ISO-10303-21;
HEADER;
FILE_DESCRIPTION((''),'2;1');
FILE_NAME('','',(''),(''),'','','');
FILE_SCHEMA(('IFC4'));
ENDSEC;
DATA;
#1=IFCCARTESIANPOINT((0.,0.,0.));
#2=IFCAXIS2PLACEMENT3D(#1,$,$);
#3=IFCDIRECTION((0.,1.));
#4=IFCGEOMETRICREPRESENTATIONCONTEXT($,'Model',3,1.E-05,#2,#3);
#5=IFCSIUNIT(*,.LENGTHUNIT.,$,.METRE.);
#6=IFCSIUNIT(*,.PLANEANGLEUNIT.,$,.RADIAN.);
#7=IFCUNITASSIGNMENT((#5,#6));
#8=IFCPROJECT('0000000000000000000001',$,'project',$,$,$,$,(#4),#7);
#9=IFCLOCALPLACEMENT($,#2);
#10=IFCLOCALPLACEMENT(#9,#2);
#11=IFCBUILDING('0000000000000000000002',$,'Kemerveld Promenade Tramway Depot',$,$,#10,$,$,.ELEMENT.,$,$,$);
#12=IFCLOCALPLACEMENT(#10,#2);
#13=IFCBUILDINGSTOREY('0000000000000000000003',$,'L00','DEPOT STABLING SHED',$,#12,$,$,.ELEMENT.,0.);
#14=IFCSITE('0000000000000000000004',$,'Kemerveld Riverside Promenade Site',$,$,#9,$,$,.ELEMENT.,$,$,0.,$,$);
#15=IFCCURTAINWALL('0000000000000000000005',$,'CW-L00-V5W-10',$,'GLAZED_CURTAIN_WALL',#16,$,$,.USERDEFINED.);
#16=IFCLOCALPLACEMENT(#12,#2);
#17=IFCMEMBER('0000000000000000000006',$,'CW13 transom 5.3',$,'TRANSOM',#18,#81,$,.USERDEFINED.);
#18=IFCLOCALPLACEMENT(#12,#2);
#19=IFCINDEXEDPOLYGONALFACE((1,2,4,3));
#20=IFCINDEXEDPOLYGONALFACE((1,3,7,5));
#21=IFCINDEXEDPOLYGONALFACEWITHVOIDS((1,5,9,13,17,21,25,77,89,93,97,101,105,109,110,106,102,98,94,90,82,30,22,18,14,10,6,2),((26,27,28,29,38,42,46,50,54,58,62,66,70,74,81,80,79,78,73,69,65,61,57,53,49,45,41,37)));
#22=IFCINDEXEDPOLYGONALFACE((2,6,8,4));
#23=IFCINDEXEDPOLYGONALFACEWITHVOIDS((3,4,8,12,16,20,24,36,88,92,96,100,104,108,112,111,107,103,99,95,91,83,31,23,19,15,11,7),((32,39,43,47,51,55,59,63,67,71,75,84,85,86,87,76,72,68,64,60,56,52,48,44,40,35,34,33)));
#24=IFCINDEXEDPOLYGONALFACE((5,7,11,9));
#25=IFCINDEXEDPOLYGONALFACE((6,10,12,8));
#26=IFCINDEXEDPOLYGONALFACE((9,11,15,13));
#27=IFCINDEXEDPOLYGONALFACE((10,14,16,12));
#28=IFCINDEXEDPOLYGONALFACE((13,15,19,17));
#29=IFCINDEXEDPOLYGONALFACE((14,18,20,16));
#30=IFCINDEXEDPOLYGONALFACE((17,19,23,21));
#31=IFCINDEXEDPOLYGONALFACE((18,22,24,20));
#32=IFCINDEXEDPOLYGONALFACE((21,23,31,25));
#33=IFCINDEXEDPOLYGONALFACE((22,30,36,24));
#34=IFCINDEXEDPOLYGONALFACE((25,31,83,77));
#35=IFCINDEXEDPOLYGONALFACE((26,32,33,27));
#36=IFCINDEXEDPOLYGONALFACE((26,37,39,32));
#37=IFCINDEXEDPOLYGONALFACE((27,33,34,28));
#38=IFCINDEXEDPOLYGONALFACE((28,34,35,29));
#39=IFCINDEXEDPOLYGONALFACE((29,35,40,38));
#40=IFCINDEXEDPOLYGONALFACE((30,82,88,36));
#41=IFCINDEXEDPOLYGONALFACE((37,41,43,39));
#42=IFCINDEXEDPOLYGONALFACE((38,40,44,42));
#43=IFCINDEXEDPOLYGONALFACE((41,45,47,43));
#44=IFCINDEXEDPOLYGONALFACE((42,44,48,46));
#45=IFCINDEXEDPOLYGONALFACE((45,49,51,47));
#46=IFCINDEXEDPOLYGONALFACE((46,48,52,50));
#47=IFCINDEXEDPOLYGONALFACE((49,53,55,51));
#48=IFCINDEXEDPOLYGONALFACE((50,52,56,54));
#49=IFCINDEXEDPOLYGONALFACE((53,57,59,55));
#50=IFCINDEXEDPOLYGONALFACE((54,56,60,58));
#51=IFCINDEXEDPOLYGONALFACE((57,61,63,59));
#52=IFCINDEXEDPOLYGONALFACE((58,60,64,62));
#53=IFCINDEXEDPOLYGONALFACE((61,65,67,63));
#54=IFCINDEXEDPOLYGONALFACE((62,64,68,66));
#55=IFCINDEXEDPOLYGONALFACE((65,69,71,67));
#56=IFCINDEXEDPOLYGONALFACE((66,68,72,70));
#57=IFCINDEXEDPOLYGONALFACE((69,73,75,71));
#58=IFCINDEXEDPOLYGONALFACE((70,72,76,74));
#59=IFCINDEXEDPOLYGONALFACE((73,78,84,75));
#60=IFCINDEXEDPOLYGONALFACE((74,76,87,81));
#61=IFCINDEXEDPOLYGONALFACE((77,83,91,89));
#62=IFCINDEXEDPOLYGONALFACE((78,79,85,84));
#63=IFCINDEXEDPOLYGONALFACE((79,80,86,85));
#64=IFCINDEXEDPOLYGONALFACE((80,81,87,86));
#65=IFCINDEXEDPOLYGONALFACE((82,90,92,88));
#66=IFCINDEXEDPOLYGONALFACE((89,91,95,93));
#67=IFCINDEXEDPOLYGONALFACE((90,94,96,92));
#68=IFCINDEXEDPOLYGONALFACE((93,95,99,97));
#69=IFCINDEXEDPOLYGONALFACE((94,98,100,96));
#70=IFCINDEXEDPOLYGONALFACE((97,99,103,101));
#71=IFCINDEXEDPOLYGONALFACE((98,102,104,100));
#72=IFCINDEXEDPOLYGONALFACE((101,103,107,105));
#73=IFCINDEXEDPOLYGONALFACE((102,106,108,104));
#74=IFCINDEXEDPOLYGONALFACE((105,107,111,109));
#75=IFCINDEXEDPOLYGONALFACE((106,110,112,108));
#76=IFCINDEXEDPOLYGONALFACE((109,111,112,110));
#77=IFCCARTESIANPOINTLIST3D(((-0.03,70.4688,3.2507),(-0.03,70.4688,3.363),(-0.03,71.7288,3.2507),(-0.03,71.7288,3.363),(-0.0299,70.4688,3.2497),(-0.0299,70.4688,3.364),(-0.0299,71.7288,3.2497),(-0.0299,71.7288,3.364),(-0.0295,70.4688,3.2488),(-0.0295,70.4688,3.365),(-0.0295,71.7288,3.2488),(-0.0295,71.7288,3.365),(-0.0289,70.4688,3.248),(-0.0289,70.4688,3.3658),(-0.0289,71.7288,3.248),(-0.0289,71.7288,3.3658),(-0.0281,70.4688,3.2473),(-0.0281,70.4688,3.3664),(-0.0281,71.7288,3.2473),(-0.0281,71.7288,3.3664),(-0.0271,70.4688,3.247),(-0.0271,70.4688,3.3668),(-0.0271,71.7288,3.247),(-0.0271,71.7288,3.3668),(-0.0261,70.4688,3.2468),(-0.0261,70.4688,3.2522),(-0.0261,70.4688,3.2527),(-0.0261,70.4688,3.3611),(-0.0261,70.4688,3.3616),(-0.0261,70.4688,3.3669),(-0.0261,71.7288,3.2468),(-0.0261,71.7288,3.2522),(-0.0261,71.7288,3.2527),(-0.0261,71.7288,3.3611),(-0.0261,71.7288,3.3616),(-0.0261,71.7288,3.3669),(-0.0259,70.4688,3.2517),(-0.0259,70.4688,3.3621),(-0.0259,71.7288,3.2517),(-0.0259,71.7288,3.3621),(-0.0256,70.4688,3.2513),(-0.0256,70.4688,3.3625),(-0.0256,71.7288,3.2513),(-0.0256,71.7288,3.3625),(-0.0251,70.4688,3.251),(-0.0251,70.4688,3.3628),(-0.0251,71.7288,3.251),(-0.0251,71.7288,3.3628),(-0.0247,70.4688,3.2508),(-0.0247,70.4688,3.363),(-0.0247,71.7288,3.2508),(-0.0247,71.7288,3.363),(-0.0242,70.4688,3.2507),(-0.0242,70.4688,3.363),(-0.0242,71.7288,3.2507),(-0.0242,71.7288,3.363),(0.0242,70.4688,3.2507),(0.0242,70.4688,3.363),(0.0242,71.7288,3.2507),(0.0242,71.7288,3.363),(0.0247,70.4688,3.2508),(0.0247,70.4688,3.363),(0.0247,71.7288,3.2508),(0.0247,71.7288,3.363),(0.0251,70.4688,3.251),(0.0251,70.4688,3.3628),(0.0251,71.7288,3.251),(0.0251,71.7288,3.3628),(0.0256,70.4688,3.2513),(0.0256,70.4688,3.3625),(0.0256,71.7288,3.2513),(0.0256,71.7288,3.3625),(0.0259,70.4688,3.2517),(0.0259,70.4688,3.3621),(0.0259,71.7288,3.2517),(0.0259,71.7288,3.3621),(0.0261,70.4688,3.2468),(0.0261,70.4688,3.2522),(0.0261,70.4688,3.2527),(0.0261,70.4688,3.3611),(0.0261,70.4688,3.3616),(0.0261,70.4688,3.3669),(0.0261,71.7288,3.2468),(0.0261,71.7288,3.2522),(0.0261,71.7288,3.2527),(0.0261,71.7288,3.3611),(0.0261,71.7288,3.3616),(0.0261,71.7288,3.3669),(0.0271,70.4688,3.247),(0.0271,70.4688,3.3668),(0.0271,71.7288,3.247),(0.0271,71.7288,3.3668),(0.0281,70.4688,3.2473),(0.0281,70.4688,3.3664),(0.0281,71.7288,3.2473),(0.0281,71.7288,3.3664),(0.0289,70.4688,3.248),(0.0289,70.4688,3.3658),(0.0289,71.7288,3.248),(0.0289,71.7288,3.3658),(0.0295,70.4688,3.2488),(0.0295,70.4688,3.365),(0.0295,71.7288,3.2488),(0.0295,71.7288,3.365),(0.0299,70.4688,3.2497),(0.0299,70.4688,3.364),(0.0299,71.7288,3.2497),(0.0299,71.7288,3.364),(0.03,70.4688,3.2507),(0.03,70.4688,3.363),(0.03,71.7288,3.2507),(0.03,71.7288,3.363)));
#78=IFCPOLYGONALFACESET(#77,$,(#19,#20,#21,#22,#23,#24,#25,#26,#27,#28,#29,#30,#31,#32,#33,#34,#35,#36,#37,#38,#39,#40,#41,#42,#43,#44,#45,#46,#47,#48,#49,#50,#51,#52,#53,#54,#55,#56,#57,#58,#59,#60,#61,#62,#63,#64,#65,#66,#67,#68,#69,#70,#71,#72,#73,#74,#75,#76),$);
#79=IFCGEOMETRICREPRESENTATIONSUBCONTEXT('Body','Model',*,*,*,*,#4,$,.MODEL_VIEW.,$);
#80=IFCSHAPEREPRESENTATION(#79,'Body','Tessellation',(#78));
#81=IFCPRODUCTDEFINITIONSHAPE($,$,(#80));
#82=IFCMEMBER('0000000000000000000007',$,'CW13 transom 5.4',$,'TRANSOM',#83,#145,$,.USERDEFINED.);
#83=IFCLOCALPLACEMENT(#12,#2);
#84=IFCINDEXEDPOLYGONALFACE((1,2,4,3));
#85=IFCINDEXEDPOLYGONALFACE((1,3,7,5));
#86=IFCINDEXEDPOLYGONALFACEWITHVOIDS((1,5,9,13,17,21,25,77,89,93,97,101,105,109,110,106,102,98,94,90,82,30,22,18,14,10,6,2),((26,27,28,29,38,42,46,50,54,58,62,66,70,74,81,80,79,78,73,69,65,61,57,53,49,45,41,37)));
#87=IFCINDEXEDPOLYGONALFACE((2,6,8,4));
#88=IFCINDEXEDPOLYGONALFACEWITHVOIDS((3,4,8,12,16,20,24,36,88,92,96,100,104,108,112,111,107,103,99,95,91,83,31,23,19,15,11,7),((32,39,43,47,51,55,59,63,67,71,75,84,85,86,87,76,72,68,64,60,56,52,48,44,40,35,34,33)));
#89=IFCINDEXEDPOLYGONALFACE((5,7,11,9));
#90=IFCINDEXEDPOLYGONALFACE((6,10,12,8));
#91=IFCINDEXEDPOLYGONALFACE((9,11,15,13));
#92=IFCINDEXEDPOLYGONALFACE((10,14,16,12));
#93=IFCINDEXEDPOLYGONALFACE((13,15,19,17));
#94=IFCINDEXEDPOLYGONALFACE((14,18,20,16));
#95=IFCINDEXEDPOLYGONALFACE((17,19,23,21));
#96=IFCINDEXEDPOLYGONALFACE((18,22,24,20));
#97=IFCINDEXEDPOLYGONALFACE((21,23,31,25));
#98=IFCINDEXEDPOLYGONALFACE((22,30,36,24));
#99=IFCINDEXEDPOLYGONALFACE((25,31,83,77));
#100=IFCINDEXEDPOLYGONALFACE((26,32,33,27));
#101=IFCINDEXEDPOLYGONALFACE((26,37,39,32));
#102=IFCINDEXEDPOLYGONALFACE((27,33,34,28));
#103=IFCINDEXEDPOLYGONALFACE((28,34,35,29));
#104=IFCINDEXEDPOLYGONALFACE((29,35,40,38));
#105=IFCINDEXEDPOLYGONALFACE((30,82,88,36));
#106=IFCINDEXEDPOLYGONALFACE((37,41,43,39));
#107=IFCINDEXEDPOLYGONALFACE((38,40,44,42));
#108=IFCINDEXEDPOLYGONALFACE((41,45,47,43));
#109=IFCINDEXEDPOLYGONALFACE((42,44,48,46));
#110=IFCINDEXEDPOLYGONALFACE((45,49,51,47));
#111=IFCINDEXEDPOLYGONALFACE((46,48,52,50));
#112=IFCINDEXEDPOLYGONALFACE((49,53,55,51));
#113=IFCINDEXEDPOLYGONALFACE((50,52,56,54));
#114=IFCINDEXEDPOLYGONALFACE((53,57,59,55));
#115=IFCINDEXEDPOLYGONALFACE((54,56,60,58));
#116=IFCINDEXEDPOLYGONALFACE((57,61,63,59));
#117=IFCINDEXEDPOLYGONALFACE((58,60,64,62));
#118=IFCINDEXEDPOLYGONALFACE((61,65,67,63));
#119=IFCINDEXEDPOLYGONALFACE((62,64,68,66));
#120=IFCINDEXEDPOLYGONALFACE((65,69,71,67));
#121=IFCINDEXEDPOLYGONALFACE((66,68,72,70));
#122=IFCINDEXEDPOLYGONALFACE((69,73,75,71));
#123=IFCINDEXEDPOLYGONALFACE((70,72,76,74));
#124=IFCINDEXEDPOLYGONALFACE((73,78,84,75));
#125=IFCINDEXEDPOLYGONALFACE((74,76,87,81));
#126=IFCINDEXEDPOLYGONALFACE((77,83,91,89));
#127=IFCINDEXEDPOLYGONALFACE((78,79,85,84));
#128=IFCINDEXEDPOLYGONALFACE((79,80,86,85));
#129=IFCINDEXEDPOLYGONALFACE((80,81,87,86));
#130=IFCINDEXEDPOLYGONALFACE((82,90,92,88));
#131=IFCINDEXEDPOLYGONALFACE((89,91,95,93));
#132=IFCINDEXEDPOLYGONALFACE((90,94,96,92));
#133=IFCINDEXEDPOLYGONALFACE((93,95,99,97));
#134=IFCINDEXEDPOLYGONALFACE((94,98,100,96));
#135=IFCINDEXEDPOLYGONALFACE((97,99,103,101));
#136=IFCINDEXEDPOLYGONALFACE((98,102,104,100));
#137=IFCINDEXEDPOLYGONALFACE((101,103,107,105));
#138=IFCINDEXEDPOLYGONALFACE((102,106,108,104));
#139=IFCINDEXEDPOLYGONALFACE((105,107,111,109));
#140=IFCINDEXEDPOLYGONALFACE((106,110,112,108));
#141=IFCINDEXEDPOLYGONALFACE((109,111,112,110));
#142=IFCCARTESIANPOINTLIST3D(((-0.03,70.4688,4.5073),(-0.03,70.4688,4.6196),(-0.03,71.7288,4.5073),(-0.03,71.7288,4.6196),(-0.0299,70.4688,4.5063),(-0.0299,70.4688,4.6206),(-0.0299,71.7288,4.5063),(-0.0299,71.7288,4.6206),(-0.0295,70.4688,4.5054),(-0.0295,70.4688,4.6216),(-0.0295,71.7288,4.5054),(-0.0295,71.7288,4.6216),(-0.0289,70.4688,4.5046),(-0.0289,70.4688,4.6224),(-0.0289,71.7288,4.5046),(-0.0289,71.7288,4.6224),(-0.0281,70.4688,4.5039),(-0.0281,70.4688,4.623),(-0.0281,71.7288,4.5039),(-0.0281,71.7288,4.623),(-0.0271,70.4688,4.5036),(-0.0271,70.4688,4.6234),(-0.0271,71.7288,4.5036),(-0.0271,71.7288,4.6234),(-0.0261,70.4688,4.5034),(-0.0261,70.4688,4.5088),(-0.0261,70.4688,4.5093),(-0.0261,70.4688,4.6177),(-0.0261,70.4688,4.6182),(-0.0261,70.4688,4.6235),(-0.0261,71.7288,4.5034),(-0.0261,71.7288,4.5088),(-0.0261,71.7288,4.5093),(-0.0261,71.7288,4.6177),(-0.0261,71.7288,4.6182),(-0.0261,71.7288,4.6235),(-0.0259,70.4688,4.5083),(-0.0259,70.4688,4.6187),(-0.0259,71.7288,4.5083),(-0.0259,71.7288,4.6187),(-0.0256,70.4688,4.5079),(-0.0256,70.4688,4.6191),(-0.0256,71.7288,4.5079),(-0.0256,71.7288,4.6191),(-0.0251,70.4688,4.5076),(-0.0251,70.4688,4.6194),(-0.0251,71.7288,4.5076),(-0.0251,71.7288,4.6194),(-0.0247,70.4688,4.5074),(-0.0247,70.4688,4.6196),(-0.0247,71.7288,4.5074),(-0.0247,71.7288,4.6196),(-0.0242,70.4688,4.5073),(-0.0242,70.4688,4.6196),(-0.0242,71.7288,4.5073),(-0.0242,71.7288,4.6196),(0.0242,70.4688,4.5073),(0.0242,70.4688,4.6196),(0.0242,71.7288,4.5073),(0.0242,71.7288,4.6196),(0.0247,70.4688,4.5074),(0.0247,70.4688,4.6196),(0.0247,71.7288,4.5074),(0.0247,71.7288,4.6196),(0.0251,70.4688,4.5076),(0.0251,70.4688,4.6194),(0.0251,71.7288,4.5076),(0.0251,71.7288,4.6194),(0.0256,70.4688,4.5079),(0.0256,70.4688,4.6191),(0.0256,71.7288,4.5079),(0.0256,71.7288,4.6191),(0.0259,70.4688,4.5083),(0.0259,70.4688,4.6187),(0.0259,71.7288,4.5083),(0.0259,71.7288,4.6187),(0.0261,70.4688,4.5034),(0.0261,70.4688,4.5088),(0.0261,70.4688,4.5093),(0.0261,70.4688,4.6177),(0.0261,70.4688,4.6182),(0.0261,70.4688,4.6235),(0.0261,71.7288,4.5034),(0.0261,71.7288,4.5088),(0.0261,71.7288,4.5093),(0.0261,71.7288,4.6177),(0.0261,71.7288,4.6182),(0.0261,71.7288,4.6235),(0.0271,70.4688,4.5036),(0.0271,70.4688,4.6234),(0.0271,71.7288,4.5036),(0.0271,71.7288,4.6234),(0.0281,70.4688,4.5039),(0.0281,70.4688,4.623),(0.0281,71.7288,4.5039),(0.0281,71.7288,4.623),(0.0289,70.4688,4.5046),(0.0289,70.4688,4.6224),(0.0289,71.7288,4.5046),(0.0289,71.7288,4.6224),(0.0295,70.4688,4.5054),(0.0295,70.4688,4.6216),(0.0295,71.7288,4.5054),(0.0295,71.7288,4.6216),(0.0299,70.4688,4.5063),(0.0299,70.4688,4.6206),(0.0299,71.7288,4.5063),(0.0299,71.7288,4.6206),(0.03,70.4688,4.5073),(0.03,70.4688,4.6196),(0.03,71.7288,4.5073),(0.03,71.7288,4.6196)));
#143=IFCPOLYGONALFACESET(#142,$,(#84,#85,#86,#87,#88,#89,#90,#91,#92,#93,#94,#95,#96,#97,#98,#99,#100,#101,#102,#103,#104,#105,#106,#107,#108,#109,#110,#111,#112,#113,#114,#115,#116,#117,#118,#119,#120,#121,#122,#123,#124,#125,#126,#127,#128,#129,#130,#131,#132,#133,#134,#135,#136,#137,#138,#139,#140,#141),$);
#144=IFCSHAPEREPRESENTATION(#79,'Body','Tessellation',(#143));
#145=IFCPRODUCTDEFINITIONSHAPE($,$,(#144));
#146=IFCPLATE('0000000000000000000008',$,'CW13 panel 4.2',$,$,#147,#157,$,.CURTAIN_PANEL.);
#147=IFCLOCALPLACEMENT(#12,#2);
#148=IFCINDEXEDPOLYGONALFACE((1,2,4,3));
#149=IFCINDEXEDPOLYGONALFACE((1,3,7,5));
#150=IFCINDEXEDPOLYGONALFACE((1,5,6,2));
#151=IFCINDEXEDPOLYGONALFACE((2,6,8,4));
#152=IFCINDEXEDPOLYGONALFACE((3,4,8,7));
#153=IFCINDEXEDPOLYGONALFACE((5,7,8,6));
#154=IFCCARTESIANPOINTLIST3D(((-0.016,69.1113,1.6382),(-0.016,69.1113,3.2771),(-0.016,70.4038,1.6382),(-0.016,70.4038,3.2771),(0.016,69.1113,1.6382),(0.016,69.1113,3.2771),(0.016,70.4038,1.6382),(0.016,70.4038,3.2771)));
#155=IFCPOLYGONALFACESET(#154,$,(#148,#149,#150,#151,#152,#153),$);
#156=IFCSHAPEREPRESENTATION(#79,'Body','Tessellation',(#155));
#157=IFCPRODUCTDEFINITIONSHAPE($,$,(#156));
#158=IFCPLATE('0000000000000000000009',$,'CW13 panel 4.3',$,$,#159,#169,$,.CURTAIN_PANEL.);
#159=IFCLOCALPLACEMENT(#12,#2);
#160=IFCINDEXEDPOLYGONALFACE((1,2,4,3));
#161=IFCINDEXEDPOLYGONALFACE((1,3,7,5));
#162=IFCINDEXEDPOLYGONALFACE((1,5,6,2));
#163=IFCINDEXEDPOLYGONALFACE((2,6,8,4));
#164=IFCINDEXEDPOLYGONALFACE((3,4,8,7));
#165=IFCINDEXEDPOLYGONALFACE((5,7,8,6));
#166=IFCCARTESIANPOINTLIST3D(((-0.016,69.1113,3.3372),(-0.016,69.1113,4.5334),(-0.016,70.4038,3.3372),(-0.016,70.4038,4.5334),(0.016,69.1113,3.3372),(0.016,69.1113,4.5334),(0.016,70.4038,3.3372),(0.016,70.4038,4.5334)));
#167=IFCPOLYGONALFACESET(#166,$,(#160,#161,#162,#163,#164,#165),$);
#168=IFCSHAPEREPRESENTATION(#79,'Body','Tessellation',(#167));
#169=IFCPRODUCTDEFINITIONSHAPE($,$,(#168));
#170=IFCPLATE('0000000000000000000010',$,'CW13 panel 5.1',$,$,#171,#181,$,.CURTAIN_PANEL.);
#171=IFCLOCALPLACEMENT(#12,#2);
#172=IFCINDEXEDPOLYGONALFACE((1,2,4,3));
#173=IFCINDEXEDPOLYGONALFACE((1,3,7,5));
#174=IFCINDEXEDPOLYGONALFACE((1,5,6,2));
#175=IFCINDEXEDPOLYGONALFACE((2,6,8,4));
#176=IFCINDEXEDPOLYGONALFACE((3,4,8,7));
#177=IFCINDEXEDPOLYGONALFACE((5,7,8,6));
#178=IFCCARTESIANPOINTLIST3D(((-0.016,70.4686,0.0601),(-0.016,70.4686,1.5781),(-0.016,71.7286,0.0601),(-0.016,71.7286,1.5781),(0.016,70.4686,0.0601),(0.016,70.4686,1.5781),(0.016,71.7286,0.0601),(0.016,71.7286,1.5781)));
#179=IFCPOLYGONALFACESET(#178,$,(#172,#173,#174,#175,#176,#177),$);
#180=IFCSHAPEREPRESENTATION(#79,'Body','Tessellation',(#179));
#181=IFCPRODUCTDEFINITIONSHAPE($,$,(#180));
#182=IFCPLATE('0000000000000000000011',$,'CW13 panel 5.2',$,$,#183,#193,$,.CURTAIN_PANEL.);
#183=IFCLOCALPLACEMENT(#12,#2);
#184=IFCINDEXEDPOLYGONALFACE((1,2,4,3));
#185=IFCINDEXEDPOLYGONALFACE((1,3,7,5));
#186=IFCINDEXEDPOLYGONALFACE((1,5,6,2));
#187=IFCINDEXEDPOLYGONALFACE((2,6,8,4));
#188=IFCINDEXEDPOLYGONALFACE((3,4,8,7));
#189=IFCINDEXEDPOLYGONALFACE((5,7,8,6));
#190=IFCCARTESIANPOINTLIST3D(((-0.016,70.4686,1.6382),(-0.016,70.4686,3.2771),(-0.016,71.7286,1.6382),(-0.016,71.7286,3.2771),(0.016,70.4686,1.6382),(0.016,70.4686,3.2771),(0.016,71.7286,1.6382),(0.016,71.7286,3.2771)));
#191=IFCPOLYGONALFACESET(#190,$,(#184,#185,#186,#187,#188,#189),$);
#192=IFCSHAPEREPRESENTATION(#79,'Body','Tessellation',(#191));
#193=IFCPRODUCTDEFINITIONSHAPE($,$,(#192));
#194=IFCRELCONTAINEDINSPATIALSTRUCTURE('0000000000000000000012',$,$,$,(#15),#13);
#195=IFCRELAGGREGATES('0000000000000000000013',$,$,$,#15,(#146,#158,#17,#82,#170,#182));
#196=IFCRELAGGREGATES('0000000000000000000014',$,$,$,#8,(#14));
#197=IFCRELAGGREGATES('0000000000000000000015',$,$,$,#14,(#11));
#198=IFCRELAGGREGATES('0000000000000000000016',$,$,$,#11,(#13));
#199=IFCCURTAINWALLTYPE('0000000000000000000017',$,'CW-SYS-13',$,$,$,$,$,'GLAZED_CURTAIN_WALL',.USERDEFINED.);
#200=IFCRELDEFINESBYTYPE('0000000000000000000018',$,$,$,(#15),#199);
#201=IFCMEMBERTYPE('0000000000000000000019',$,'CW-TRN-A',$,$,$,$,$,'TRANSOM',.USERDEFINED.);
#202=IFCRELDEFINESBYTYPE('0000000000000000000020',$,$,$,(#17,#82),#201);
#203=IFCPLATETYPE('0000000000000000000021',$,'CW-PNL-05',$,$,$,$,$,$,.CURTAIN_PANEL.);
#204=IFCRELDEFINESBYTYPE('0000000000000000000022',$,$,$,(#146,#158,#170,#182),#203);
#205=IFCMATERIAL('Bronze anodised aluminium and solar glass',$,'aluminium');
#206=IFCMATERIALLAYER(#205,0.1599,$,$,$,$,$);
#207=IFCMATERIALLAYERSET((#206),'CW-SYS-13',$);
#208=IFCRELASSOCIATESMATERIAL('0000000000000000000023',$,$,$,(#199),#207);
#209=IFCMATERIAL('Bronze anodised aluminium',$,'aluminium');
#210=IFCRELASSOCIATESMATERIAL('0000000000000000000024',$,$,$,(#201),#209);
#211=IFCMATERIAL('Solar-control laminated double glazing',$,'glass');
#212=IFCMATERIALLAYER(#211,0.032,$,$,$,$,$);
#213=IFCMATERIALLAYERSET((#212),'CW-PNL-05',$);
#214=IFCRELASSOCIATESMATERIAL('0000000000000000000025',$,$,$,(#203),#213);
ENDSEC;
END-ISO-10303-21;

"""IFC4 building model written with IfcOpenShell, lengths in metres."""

from ifc_helpers import new_model, si_unit, direction, frame, origin, origin_2d, place, context, subcontext, project, spatial, rectangle, hollow_rectangle, extrude, material, layer, layer_set, material_profile, profile_set, type_object, element, aggregate, save


model = new_model("IFC4")

# Units and contexts
model_context = context("Model", 3, precision=1e-05, world=origin(), true_north=direction((0.0, 1.0)))
body_context = subcontext(model_context, "Body", "Model", "MODEL_VIEW")
ifc_project = project(units=[si_unit("LENGTHUNIT", "METRE"), si_unit("PLANEANGLEUNIT", "RADIAN")], contexts=[model_context])

# Site, building, storey
site_placement = place(None, origin())
site = spatial("IfcSite", under=ifc_project, at=site_placement, Name="Kemerveld Riverside Promenade Site", CompositionType="ELEMENT", RefElevation=0.0)
building_placement = place(site_placement, origin())
building = spatial("IfcBuilding", under=site, at=building_placement, Name="Kemerveld Promenade Tramway Depot", CompositionType="ELEMENT")
storey_placement = place(building_placement, origin())
storey = spatial("IfcBuildingStorey", under=building, at=storey_placement, Name="L00", Description="DEPOT STABLING SHED", CompositionType="ELEMENT", Elevation=0.0)

# Curtain wall, members, plates
ifc_material_1 = material(Name="Bronze anodised aluminium and solar glass", Category="aluminium")
ifc_layer_1 = layer(ifc_material_1, 0.1599)
ifc_layer_set_1 = layer_set([ifc_layer_1], Name="CW-SYS-13")
curtain_wall_type = type_object("IfcCurtainWallType", Name="CW-SYS-13", ElementType="GLAZED_CURTAIN_WALL", PredefinedType="USERDEFINED", material=ifc_layer_set_1)
curtain_wall_placement = place(storey_placement, origin())
curtain_wall = element("IfcCurtainWall", 1, at=curtain_wall_placement, inside=storey, type_object=curtain_wall_type, Name="CW-L00-V5W-10", ObjectType="GLAZED_CURTAIN_WALL", PredefinedType="USERDEFINED")
ifc_material_2 = material(Name="Bronze anodised aluminium", Category="aluminium")
ifc_material_profile_1 = material_profile(ifc_material_2, hollow_rectangle(XDim=0.0601, YDim=0.1201, WallThickness=0.0039, InnerFilletRadius=0.002, OuterFilletRadius=0.0039, at=origin_2d()), Name="CW-TRN-120x60")
ifc_profile_set_1 = profile_set([ifc_material_profile_1], Name="Bronze anodised aluminium")
member_type_1 = type_object("IfcMemberType", Name="CW-TRN-A", ElementType="TRANSOM", PredefinedType="USERDEFINED", material=ifc_profile_set_1)
member_1_placement = place(storey_placement, frame((0.0, 70.4688, 3.3069), z_axis=(0.0, 1.0, 0.0), x_axis=(-1.0, 0.0, 0.0)))
member_1 = element("IfcMember", 2, at=member_1_placement, type_object=member_type_1, Name="CW13 transom 5.3", ObjectType="TRANSOM", PredefinedType="USERDEFINED", context=body_context, shape_type="SweptSolid", body=[
    extrude(hollow_rectangle(XDim=0.0601, YDim=0.1201, WallThickness=0.0039, InnerFilletRadius=0.002, OuterFilletRadius=0.0039, at=origin_2d()), origin(), (0.0, 0.0, 1.0), 1.26),
])
member_2_placement = place(storey_placement, frame((0.0, 70.4688, 4.5635), z_axis=(0.0, 1.0, 0.0), x_axis=(-1.0, 0.0, 0.0)))
member_2 = element("IfcMember", 3, at=member_2_placement, type_object=member_type_1, Name="CW13 transom 5.4", ObjectType="TRANSOM", PredefinedType="USERDEFINED", context=body_context, shape_type="SweptSolid", body=[
    extrude(hollow_rectangle(XDim=0.0601, YDim=0.1201, WallThickness=0.0039, InnerFilletRadius=0.002, OuterFilletRadius=0.0039, at=origin_2d()), origin(), (0.0, 0.0, 1.0), 1.26),
])
ifc_material_3 = material(Name="Solar-control laminated double glazing", Category="glass")
ifc_layer_2 = layer(ifc_material_3, 0.032)
ifc_layer_set_2 = layer_set([ifc_layer_2], Name="CW-PNL-05")
plate_type = type_object("IfcPlateType", Name="CW-PNL-05", PredefinedType="CURTAIN_PANEL", material=ifc_layer_set_2)
plate_1_placement = place(storey_placement, frame((0.0, 69.7576, 1.6382), z_axis=(0.0, 0.0, 1.0), x_axis=(0.0, 1.0, 0.0)))
plate_1 = element("IfcPlate", 4, at=plate_1_placement, type_object=plate_type, Name="CW13 panel 4.2", PredefinedType="CURTAIN_PANEL", context=body_context, shape_type="SweptSolid", body=[
    extrude(rectangle(XDim=1.2925, YDim=0.032, at=origin_2d()), origin(), (0.0, 0.0, 1.0), 1.6389),
])
plate_2_placement = place(storey_placement, frame((0.0, 69.7576, 3.3372), z_axis=(0.0, 0.0, 1.0), x_axis=(0.0, 1.0, 0.0)))
plate_2 = element("IfcPlate", 5, at=plate_2_placement, type_object=plate_type, Name="CW13 panel 4.3", PredefinedType="CURTAIN_PANEL", context=body_context, shape_type="SweptSolid", body=[
    extrude(rectangle(XDim=1.2925, YDim=0.032, at=origin_2d()), origin(), (0.0, 0.0, 1.0), 1.1963),
])
plate_3_placement = place(storey_placement, frame((0.0, 71.0986, 0.0601), z_axis=(0.0, 0.0, 1.0), x_axis=(0.0, 1.0, 0.0)))
plate_3 = element("IfcPlate", 6, at=plate_3_placement, type_object=plate_type, Name="CW13 panel 5.1", PredefinedType="CURTAIN_PANEL", context=body_context, shape_type="SweptSolid", body=[
    extrude(rectangle(XDim=1.26, YDim=0.032, at=origin_2d()), origin(), (0.0, 0.0, 1.0), 1.5181),
])
plate_4_placement = place(storey_placement, frame((0.0, 71.0986, 1.6382), z_axis=(0.0, 0.0, 1.0), x_axis=(0.0, 1.0, 0.0)))
plate_4 = element("IfcPlate", 7, at=plate_4_placement, type_object=plate_type, Name="CW13 panel 5.2", PredefinedType="CURTAIN_PANEL", context=body_context, shape_type="SweptSolid", body=[
    extrude(rectangle(XDim=1.26, YDim=0.032, at=origin_2d()), origin(), (0.0, 0.0, 1.0), 1.6389),
])
aggregate(curtain_wall, [plate_1, plate_2, member_1, member_2, plate_3, plate_4])

save(model, "model.ifc")
